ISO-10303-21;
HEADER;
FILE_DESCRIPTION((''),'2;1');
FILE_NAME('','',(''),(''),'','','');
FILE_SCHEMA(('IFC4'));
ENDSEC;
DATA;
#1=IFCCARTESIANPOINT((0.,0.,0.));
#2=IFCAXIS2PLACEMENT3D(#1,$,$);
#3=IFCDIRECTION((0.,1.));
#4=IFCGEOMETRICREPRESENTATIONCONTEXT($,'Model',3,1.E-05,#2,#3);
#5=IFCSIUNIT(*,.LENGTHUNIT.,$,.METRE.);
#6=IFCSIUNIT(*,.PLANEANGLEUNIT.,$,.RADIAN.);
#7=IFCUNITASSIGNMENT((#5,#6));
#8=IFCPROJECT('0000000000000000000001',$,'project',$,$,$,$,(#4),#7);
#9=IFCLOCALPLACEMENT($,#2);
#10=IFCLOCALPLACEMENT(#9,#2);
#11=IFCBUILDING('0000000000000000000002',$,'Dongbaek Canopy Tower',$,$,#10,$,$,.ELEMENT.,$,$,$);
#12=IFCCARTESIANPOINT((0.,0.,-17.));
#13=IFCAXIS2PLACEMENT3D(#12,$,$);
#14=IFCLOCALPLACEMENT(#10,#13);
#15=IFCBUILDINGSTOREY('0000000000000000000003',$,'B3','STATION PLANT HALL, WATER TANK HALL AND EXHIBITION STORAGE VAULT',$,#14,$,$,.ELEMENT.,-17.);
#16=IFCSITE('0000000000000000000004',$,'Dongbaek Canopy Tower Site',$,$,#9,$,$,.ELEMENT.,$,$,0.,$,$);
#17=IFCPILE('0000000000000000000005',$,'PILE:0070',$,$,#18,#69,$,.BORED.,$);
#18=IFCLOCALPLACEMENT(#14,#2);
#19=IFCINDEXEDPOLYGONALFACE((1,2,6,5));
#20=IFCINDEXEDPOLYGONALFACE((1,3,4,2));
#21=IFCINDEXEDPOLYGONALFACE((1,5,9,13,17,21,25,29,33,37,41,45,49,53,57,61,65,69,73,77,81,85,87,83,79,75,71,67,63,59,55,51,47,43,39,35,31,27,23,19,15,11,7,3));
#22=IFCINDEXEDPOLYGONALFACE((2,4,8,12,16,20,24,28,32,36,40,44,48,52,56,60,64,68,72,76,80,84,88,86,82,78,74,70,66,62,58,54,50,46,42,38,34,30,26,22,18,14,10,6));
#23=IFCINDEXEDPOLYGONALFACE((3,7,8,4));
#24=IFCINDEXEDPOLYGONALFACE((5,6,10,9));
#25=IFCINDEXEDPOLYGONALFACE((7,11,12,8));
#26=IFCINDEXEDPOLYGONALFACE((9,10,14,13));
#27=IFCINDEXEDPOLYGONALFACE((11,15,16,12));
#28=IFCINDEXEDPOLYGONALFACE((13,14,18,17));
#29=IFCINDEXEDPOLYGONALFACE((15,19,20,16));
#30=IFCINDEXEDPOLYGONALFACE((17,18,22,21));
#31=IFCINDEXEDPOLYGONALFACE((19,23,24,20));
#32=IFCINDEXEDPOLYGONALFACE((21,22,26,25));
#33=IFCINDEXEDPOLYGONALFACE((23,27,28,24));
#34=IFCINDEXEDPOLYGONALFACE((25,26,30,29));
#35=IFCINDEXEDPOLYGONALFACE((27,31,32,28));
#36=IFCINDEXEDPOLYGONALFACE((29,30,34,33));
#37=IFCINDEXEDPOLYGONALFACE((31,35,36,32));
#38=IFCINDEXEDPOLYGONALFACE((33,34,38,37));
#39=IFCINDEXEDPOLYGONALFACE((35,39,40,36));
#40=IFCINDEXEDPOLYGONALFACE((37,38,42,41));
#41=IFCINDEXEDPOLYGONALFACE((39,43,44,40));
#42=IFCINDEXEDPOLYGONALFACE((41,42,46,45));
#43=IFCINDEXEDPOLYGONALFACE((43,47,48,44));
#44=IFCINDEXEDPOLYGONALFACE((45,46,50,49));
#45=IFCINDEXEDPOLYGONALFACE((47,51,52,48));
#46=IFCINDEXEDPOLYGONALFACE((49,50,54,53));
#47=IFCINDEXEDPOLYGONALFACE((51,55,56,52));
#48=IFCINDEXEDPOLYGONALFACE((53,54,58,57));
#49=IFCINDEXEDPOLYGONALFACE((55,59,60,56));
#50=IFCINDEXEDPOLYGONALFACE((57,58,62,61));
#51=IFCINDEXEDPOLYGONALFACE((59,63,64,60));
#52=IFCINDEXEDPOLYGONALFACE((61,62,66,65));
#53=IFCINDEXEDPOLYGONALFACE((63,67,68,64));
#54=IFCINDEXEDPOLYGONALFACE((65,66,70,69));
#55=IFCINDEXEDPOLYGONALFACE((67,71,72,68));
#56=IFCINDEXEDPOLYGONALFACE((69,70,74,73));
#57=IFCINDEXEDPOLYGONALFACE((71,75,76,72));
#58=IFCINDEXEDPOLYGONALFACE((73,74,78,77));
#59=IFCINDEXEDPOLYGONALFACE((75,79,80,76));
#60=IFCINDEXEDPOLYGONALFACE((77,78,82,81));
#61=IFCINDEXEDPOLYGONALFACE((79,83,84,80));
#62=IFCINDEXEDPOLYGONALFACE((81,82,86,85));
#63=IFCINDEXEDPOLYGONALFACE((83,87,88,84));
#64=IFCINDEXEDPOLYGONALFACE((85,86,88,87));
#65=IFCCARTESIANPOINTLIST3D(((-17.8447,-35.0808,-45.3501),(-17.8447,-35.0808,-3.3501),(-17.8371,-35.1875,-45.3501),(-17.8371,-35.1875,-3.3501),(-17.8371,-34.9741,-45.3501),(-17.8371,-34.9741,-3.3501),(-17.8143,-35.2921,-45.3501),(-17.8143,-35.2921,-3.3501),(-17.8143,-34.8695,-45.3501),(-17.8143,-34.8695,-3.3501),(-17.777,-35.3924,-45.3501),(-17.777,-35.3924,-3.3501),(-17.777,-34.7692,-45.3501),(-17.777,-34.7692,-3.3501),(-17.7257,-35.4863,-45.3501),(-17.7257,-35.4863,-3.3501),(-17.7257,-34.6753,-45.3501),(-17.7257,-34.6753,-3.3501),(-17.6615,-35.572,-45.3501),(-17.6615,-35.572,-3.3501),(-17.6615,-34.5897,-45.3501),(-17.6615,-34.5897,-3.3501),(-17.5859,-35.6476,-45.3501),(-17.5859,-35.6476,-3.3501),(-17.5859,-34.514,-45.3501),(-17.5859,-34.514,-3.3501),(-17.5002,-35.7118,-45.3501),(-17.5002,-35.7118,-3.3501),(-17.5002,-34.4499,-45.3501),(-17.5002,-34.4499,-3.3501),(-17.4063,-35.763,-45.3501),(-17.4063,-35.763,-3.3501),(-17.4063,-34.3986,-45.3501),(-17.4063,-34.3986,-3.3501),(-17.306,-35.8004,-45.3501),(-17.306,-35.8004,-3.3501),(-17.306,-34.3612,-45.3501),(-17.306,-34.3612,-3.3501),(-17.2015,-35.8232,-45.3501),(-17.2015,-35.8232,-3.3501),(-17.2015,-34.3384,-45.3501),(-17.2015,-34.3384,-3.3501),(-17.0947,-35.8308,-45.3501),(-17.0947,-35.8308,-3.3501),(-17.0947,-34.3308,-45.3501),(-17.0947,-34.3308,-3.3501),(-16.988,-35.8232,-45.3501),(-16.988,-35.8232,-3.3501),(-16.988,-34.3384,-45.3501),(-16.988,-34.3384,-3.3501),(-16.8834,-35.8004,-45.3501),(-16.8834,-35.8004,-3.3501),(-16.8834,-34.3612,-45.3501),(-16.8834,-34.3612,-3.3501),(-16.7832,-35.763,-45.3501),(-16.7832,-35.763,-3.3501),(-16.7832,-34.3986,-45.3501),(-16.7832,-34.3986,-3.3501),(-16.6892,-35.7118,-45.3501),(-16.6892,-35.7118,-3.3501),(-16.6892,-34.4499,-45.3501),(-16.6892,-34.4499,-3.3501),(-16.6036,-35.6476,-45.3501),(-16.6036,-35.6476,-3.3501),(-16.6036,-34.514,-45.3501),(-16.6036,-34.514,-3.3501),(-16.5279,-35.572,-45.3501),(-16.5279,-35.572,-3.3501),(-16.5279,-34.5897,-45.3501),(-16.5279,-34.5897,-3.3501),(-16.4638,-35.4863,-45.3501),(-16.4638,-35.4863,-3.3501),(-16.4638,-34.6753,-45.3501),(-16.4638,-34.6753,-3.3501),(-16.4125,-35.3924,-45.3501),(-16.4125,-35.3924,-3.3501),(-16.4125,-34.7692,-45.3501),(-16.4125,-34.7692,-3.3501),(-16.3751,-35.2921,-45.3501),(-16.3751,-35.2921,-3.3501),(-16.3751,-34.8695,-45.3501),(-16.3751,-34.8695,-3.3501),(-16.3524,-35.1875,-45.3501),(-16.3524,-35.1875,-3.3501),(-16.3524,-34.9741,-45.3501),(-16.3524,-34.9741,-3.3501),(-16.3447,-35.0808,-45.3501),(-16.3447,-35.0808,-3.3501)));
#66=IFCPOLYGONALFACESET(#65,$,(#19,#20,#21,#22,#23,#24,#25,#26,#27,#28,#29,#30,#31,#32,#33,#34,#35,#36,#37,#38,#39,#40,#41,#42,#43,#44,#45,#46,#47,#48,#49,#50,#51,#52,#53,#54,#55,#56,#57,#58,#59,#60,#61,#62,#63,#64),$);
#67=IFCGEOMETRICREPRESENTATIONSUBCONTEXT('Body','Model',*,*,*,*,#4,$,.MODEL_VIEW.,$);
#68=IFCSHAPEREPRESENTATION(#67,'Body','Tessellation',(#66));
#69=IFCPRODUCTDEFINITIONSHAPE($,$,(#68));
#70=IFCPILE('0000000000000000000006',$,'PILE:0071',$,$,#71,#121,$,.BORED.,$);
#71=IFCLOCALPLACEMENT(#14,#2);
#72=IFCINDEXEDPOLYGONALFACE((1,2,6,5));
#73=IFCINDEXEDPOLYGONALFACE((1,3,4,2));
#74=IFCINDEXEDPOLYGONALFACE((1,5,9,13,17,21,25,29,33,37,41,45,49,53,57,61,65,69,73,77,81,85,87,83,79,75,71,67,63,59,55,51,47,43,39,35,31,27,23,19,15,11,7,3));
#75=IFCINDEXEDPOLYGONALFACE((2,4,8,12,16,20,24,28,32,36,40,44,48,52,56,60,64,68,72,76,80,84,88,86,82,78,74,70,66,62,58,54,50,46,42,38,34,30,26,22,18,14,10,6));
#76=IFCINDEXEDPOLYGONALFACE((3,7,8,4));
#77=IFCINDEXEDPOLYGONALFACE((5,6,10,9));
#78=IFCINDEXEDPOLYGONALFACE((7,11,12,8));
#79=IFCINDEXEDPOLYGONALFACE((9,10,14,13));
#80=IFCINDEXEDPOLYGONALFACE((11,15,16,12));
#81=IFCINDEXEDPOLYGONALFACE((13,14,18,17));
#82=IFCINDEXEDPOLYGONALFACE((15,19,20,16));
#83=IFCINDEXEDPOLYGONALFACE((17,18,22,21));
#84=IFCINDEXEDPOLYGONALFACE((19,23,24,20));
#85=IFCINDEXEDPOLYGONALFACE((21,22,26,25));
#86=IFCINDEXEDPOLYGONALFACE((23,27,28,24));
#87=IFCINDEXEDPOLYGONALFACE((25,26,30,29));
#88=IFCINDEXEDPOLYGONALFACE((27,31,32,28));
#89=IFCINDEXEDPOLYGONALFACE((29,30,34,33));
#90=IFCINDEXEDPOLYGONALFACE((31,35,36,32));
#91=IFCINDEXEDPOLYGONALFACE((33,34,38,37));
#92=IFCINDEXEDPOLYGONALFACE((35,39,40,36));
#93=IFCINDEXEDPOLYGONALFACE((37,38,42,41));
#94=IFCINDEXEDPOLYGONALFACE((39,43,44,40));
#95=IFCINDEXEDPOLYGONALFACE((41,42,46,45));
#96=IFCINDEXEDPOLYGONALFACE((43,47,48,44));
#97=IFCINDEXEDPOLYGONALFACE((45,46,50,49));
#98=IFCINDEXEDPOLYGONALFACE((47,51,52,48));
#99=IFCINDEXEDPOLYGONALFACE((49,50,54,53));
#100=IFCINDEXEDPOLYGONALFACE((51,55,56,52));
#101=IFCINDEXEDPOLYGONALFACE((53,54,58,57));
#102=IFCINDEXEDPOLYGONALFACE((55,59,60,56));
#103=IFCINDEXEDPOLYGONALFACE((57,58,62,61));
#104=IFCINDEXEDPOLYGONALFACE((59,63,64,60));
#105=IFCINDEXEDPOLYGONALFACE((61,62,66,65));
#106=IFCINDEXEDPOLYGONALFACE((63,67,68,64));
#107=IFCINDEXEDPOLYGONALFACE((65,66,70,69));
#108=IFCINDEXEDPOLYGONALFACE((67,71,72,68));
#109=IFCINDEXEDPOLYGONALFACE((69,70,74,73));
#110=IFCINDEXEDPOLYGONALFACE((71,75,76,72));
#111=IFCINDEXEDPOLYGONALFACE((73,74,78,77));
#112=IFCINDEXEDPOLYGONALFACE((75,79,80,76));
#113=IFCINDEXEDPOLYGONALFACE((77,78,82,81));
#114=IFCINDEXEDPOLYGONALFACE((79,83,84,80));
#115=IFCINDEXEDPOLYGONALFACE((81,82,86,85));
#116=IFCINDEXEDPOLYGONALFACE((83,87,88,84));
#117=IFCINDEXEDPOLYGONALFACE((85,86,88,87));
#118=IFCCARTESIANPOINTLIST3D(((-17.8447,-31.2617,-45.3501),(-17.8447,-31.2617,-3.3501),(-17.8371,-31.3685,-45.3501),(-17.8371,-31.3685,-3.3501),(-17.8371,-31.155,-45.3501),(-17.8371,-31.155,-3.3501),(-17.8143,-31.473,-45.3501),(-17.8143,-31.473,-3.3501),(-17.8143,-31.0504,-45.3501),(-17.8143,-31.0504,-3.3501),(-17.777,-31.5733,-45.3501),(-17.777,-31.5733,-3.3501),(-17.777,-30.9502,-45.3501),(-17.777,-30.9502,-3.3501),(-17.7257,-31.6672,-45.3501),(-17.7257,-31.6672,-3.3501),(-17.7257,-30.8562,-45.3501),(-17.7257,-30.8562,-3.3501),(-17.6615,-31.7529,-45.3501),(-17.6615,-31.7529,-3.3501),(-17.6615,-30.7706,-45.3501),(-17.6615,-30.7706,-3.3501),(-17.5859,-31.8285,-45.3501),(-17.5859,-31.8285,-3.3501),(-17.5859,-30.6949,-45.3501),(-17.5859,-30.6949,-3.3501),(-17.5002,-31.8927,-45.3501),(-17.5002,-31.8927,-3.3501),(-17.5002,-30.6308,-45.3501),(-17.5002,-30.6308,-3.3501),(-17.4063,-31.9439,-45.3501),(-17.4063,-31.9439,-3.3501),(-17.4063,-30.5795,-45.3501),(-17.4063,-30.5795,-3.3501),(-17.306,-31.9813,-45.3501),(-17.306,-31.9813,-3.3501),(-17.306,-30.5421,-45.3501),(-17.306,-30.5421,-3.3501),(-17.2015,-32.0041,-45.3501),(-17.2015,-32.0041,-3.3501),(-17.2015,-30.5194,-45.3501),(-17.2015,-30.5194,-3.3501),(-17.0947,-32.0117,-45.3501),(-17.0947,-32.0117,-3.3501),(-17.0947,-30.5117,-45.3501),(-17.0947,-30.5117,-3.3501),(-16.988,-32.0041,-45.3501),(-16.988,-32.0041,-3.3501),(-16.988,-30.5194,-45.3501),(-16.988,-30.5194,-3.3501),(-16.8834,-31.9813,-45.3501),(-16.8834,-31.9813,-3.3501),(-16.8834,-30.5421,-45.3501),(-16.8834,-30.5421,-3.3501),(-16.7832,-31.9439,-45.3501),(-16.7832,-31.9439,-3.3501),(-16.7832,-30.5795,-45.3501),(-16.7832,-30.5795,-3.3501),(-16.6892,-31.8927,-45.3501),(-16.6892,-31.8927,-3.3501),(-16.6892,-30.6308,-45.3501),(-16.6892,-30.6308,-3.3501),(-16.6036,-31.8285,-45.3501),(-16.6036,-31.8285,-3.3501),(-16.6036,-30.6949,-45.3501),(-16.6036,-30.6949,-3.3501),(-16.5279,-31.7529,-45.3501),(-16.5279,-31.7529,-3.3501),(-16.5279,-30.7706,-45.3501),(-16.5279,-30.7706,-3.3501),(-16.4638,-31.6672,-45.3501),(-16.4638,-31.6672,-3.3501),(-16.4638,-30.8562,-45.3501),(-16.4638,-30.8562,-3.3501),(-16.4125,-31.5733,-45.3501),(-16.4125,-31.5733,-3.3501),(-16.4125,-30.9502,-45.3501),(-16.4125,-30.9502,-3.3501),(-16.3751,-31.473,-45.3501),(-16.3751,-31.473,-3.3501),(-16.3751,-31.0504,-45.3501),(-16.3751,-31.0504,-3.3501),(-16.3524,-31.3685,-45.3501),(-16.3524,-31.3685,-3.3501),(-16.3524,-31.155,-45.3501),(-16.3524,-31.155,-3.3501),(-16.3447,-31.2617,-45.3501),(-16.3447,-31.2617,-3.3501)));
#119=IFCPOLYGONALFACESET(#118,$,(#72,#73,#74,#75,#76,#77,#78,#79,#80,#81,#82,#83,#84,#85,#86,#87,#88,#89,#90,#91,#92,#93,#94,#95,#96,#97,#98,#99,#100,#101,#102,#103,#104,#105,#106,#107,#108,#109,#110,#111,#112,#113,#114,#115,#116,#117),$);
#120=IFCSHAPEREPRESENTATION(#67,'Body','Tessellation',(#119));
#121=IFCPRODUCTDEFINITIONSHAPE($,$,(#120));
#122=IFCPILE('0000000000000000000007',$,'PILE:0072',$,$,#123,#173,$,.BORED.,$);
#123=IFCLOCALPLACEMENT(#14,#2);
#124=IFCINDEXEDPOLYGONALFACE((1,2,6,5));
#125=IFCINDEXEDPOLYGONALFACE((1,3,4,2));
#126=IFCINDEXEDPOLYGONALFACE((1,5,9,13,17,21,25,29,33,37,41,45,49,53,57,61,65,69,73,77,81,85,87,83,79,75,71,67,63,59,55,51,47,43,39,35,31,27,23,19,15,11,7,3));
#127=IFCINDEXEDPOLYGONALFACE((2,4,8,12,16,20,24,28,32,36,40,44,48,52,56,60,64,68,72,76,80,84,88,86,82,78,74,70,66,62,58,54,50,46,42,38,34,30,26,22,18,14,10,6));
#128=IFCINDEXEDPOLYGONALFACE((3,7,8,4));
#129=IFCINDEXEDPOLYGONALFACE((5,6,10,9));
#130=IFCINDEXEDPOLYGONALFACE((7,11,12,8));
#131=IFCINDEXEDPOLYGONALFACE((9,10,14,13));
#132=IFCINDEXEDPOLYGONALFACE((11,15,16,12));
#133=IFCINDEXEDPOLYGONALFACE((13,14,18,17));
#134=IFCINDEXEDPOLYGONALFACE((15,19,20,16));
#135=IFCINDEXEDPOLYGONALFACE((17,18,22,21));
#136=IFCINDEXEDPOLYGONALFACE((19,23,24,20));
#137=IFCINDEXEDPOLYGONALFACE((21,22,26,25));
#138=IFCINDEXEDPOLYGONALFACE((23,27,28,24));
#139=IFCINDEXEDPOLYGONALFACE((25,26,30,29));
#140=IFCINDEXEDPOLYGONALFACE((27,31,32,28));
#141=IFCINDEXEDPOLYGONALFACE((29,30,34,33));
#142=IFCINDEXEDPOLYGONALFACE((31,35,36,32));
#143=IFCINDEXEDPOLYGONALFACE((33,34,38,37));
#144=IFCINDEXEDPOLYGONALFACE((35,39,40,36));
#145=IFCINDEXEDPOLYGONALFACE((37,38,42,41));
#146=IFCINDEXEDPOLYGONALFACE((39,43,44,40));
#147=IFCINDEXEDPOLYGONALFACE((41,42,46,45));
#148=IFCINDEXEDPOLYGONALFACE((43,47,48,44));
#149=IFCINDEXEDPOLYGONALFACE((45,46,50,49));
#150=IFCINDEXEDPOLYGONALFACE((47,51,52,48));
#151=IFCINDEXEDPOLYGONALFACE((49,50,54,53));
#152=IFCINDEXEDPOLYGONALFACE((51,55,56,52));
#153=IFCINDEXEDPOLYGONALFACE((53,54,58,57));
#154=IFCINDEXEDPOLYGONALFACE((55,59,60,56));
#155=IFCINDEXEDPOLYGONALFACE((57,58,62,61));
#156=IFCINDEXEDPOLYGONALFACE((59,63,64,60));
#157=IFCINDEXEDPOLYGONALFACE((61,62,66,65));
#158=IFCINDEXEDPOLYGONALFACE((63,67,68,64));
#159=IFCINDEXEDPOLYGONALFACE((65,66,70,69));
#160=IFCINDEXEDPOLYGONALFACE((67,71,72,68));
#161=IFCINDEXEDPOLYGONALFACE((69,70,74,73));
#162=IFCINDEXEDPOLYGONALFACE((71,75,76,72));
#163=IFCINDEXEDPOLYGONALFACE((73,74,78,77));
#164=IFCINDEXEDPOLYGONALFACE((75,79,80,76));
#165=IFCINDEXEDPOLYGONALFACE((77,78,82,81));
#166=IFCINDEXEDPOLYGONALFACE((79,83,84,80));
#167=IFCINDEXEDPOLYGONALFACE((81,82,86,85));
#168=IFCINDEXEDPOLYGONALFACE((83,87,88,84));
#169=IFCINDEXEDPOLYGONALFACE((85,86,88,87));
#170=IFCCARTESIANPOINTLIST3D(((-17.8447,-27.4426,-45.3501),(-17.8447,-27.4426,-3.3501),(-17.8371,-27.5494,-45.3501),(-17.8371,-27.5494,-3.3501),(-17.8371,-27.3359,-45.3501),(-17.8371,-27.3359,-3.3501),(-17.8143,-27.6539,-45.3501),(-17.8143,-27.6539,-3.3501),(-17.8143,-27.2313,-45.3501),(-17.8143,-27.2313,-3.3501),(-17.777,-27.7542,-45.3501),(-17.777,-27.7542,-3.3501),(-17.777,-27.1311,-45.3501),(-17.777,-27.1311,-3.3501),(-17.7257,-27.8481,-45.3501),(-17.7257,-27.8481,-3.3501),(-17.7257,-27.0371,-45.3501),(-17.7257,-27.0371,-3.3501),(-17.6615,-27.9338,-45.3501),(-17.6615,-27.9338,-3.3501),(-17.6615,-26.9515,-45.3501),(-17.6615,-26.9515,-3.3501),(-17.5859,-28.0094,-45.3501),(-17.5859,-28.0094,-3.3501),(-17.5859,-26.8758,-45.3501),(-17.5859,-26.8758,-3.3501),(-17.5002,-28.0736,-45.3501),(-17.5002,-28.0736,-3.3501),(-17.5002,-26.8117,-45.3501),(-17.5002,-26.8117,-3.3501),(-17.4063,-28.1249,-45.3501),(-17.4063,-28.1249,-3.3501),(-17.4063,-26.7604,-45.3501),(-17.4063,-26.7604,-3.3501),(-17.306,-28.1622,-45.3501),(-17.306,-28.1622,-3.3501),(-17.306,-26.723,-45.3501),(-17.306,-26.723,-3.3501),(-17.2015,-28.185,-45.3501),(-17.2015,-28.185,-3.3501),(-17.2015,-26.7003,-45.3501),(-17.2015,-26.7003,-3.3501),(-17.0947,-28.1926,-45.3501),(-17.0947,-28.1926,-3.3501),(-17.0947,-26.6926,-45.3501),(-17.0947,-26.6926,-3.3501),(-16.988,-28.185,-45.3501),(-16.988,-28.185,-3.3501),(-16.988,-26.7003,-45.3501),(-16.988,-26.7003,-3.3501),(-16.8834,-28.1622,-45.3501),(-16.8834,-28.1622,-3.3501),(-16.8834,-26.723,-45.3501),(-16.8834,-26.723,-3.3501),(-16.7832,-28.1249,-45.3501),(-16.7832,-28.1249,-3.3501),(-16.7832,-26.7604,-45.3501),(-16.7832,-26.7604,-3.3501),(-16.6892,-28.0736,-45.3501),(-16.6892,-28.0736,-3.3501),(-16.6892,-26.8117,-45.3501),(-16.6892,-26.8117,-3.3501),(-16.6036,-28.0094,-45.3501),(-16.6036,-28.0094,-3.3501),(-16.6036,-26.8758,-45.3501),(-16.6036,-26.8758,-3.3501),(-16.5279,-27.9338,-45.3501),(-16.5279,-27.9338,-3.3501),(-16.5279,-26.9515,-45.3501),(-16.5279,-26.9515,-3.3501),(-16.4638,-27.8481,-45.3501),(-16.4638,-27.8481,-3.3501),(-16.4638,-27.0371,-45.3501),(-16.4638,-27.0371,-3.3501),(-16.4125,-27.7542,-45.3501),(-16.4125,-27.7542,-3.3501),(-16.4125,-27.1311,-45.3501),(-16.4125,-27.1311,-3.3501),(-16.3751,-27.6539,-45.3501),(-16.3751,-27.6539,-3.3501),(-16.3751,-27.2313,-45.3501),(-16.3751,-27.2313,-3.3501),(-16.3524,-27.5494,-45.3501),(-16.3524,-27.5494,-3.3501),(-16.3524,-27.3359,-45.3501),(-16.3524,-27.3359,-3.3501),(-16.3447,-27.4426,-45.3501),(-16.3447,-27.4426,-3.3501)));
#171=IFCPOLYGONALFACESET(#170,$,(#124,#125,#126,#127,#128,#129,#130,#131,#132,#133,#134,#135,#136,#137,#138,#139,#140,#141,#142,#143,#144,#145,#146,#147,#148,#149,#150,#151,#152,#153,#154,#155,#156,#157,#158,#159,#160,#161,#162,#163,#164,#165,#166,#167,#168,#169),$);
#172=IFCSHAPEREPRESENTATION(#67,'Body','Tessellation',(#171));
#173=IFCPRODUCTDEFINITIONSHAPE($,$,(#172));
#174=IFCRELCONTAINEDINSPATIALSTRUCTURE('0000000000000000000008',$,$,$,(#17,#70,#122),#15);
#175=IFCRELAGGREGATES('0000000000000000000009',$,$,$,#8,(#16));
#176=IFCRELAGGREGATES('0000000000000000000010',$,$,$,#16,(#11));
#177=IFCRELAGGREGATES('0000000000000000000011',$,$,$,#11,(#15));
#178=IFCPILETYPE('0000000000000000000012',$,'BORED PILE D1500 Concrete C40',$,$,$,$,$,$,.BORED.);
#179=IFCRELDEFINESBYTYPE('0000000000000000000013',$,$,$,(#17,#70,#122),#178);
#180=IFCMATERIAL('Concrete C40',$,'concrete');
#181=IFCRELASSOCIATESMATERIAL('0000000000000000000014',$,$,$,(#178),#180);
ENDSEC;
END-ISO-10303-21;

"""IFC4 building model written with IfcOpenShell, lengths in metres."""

from ifc_helpers import new_model, si_unit, direction, frame, origin, origin_2d, place, context, subcontext, project, spatial, circle, extrude, material, material_profile, profile_set, type_object, element, save


model = new_model("IFC4")

# Units and contexts
model_context = context("Model", 3, precision=1e-05, world=origin(), true_north=direction((0.0, 1.0)))
body_context = subcontext(model_context, "Body", "Model", "MODEL_VIEW")
ifc_project = project(units=[si_unit("LENGTHUNIT", "METRE"), si_unit("PLANEANGLEUNIT", "RADIAN")], contexts=[model_context])

# Site, building, storey
site_placement = place(None, origin())
site = spatial("IfcSite", under=ifc_project, at=site_placement, Name="Dongbaek Canopy Tower Site", CompositionType="ELEMENT", RefElevation=0.0)
building_placement = place(site_placement, origin())
building = spatial("IfcBuilding", under=site, at=building_placement, Name="Dongbaek Canopy Tower", CompositionType="ELEMENT")
storey_placement = place(building_placement, frame((0.0, 0.0, -17.0)))
storey = spatial("IfcBuildingStorey", under=building, at=storey_placement, Name="B3", Description="STATION PLANT HALL, WATER TANK HALL AND EXHIBITION STORAGE VAULT", CompositionType="ELEMENT", Elevation=-17.0)

# Piles
ifc_material_1 = material(Name="Concrete C40", Category="concrete")
ifc_material_profile_1 = material_profile(ifc_material_1, circle(Radius=0.75, at=origin_2d()), Name="BORED PILE D1500 Concrete C40")
ifc_profile_set_1 = profile_set([ifc_material_profile_1], Name="Concrete C40")
pile_type = type_object("IfcPileType", Name="BORED PILE D1500 Concrete C40", PredefinedType="BORED", material=ifc_profile_set_1)
for number, where, z_axis, x_axis, name in (
    (1, (-17.0947, -35.0808, -3.3501), (0.0, 0.0, -1.0), (1.0, 0.0, 0.0), "PILE:0070"),
    (2, (-17.0947, -31.2617, -3.3501), (0.0, 0.0, -1.0), (1.0, 0.0, 0.0), "PILE:0071"),
    (3, (-17.0947, -27.4426, -3.3501), (0.0, 0.0, -1.0), (1.0, 0.0, 0.0), "PILE:0072"),
):
    element("IfcPile", number, at=place(storey_placement, frame(where, z_axis=z_axis, x_axis=x_axis)), inside=storey, type_object=pile_type, Name=name, PredefinedType="BORED", context=body_context, shape_type="SweptSolid", body=[
        extrude(circle(Radius=0.75, at=origin_2d()), origin(), (0.0, 0.0, 1.0), 42.0),
    ])

save(model, "model.ifc")
